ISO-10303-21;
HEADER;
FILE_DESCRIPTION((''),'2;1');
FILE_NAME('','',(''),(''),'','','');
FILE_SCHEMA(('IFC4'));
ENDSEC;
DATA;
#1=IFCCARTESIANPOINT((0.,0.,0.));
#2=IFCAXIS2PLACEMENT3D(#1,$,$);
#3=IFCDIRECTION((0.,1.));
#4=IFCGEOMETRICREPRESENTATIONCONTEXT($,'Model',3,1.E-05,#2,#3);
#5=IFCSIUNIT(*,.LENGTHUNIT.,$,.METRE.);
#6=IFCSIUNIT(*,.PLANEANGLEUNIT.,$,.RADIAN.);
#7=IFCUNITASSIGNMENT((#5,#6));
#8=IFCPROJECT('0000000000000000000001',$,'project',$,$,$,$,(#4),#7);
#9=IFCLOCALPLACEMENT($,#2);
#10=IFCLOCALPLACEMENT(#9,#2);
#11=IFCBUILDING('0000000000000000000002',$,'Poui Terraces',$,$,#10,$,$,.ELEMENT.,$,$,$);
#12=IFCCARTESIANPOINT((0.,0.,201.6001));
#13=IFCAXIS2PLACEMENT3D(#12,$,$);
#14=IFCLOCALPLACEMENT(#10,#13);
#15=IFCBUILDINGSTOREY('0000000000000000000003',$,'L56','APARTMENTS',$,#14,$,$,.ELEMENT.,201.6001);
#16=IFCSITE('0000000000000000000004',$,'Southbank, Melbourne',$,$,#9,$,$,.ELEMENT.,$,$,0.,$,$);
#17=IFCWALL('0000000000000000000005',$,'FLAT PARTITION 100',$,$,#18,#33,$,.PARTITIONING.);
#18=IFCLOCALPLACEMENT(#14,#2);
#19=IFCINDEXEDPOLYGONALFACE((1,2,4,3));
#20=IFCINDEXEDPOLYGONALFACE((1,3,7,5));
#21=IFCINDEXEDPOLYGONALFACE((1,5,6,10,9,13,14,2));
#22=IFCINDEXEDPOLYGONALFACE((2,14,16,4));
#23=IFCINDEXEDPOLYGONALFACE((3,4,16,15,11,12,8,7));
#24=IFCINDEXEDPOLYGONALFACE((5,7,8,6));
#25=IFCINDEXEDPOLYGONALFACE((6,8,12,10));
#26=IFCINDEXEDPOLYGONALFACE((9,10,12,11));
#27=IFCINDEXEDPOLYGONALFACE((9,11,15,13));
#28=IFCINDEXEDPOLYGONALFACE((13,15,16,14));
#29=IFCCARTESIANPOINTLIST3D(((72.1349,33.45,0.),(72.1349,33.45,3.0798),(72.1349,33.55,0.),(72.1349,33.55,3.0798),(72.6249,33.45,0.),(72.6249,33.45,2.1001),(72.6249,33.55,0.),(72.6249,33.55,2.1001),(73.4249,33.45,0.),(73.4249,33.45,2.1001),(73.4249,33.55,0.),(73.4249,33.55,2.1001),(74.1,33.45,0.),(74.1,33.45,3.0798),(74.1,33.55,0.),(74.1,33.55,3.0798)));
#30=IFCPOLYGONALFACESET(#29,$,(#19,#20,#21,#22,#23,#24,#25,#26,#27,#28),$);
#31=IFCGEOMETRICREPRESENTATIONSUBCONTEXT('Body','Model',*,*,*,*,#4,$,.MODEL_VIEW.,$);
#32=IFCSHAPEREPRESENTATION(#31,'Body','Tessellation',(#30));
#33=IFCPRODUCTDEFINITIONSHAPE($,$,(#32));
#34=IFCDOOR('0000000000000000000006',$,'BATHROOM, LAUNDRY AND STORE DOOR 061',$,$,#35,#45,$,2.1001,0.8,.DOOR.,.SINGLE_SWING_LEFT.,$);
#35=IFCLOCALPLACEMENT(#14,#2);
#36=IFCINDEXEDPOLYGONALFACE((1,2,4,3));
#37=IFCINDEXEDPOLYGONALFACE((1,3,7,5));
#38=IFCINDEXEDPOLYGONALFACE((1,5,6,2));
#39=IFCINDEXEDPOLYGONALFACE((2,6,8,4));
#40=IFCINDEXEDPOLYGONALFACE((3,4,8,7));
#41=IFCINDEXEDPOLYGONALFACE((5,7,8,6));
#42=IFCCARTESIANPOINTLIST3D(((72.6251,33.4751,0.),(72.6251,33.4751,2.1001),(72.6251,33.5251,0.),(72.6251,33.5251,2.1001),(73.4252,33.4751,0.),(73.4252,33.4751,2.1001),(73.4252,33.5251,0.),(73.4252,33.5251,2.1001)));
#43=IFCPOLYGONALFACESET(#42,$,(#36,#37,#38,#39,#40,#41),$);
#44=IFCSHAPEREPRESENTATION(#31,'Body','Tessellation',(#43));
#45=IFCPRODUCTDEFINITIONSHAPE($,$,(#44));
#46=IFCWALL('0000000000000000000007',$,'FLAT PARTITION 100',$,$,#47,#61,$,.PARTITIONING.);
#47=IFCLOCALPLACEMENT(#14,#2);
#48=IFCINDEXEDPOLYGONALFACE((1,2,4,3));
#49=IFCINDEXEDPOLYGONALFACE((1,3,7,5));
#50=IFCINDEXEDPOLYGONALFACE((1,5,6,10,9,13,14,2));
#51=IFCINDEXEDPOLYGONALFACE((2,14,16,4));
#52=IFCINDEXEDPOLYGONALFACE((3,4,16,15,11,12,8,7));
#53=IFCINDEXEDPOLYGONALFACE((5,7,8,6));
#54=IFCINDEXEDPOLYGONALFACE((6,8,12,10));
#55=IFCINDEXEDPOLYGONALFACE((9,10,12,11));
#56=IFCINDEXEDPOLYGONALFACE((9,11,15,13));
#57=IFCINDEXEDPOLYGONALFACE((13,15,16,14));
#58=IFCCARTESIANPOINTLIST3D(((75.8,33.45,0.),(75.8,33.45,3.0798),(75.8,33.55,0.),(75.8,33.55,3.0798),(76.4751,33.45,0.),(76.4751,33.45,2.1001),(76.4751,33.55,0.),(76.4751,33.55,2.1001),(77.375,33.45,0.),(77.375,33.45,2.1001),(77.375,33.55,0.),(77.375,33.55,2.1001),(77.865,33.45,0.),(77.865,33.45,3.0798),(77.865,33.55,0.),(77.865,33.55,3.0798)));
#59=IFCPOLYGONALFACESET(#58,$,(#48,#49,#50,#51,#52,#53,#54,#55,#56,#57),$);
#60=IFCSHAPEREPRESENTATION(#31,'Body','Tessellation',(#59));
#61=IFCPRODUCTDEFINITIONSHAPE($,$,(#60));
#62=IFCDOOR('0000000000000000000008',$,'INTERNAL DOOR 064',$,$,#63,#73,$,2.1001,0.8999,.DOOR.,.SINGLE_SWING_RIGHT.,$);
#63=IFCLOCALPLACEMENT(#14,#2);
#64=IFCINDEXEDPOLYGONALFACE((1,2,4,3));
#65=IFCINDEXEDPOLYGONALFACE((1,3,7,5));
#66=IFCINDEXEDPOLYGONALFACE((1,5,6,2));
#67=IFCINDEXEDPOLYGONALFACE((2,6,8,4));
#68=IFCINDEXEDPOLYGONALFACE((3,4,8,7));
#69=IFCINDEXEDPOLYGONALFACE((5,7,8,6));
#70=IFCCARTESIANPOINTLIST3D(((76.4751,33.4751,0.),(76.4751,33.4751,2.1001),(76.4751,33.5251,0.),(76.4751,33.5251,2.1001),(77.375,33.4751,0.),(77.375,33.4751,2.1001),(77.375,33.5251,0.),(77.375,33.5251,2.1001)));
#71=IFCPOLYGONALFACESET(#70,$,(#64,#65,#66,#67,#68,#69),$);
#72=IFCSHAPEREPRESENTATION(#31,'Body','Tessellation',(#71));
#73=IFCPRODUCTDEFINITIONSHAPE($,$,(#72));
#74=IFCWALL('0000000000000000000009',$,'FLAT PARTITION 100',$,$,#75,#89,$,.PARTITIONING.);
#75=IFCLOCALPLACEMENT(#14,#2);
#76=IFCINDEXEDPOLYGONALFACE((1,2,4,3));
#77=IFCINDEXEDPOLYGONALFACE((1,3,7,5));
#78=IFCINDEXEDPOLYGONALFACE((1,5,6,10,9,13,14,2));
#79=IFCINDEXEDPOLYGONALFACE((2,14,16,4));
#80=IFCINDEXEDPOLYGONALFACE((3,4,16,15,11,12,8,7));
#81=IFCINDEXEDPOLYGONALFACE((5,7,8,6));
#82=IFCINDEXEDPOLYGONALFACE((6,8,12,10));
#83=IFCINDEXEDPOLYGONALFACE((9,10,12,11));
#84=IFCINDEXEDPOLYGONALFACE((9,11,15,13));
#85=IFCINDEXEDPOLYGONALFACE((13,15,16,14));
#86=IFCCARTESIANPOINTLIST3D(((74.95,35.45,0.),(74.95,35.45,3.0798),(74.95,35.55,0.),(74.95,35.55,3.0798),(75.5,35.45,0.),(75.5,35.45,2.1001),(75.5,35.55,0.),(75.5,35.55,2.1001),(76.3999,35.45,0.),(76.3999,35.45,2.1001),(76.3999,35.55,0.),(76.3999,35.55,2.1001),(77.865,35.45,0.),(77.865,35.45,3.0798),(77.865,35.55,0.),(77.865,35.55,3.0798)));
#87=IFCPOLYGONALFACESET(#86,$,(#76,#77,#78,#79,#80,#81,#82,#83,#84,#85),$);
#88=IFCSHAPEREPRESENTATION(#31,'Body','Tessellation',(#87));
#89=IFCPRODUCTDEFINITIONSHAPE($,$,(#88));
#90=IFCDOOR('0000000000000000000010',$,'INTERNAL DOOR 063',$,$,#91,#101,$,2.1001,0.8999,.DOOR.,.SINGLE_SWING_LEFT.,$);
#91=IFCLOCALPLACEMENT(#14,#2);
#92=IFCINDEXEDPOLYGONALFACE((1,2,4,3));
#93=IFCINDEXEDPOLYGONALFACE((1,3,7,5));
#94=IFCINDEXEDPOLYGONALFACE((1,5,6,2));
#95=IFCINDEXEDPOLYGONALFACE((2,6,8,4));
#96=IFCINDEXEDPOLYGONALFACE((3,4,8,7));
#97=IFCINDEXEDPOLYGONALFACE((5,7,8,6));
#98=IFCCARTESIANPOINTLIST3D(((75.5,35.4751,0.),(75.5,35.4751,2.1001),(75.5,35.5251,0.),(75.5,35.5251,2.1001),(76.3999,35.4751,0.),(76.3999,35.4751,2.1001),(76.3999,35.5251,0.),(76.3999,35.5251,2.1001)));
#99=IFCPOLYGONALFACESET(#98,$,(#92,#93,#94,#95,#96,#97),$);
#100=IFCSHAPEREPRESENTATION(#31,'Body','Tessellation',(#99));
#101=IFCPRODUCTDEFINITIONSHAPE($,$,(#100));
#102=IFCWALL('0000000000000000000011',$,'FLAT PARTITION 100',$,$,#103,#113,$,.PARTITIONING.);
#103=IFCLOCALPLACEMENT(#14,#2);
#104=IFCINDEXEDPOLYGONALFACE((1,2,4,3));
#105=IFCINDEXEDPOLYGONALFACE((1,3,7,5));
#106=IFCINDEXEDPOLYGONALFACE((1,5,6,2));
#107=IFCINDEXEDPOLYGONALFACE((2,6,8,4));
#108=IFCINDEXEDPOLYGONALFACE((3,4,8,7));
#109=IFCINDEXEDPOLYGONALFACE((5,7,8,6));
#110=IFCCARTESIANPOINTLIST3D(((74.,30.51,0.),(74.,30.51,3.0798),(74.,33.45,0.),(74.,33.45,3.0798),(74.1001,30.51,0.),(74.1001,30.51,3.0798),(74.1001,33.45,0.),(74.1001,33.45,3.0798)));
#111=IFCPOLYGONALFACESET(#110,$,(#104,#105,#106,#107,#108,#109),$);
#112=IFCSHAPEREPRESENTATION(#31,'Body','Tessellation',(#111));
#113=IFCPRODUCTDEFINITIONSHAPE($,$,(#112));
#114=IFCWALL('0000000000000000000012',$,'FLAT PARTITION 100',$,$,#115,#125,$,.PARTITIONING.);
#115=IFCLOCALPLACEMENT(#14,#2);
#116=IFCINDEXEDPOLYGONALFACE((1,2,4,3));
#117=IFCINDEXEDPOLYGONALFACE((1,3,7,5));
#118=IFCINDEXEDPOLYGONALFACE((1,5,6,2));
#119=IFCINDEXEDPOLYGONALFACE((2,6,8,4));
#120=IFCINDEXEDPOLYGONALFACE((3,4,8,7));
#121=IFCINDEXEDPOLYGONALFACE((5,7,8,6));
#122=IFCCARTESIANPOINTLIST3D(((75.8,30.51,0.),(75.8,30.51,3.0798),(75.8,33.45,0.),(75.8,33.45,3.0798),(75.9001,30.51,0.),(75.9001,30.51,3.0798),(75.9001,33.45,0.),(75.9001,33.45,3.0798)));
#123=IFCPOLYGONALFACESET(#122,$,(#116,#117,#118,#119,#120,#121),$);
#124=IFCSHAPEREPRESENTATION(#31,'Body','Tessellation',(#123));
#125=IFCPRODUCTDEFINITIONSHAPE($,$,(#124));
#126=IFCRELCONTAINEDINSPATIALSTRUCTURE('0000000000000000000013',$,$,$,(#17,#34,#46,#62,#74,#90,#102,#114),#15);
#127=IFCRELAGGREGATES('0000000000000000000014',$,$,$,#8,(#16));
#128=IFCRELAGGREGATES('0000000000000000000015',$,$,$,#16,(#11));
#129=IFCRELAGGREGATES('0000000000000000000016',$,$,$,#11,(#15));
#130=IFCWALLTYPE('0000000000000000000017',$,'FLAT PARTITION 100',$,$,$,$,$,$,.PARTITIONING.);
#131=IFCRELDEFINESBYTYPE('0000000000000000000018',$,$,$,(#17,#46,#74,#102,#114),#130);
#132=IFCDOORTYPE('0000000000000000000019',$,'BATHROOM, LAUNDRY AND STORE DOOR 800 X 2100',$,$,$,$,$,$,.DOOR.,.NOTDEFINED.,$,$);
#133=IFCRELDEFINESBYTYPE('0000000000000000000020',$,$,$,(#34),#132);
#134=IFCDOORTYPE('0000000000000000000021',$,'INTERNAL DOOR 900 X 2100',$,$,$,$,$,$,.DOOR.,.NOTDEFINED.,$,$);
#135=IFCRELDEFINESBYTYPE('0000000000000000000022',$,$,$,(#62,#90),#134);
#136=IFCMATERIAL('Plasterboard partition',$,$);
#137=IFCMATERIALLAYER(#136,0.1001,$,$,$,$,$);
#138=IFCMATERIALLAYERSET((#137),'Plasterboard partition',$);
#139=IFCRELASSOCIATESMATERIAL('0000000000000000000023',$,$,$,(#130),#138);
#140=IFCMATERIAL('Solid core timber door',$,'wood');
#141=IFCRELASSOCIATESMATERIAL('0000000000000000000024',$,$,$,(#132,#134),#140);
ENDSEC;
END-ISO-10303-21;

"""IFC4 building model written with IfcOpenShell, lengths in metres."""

from ifc_helpers import new_model, si_unit, direction, frame, frame_2d, origin, place, context, subcontext, project, spatial, rectangle, extrude, material, layer, layer_set, type_object, element, fill, save


model = new_model("IFC4")

# Units and contexts
model_context = context("Model", 3, precision=1e-05, world=origin(), true_north=direction((0.0, 1.0)))
body_context = subcontext(model_context, "Body", "Model", "MODEL_VIEW")
ifc_project = project(units=[si_unit("LENGTHUNIT", "METRE"), si_unit("PLANEANGLEUNIT", "RADIAN")], contexts=[model_context])

# Site, building, storey
site_placement = place(None, origin())
site = spatial("IfcSite", under=ifc_project, at=site_placement, Name="Southbank, Melbourne", CompositionType="ELEMENT", RefElevation=0.0)
building_placement = place(site_placement, origin())
building = spatial("IfcBuilding", under=site, at=building_placement, Name="Poui Terraces", CompositionType="ELEMENT")
storey_placement = place(building_placement, frame((0.0, 0.0, 201.6001)))
storey = spatial("IfcBuildingStorey", under=building, at=storey_placement, Name="L56", Description="APARTMENTS", CompositionType="ELEMENT", Elevation=201.6001)

# Walls, openings, doors
ifc_material_1 = material(Name="Plasterboard partition")
ifc_layer = layer(ifc_material_1, 0.1001)
ifc_layer_set = layer_set([ifc_layer], Name="Plasterboard partition")
wall_type = type_object("IfcWallType", Name="FLAT PARTITION 100", PredefinedType="PARTITIONING", material=ifc_layer_set)
wall_1_placement = place(storey_placement, frame((72.135, 33.5, 0.0), z_axis=(0.0, 0.0, 1.0), x_axis=(1.0, 0.0, 0.0)))
wall_1 = element("IfcWall", 1, at=wall_1_placement, inside=storey, type_object=wall_type, Name="FLAT PARTITION 100", PredefinedType="PARTITIONING", context=body_context, shape_type="SweptSolid", body=[
    extrude(rectangle(XDim=1.9651, YDim=0.1001, at=frame_2d((0.9824, 0.0))), origin(), (0.0, 0.0, 1.0), 3.0798),
])
opening_1_placement = place(wall_1_placement, frame((0.49, 0.0, 0.0)))
opening_1 = element("IfcOpeningElement", 2, at=opening_1_placement, cuts=wall_1, PredefinedType="OPENING", context=body_context, shape_type="SweptSolid", body=[
    extrude(rectangle(XDim=0.8, YDim=2.1001, at=frame_2d((0.3999, 1.05))), frame((0.0, 0.0601, 0.0), z_axis=(0.0, -1.0, 0.0), x_axis=(1.0, 0.0, 0.0)), (0.0, 0.0, 1.0), 0.1201),
])
ifc_material_2 = material(Name="Solid core timber door", Category="wood")
door_type_1 = type_object("IfcDoorType", Name="BATHROOM, LAUNDRY AND STORE DOOR 800 X 2100", OperationType="NOTDEFINED", PredefinedType="DOOR", material=ifc_material_2)
door_1_placement = place(opening_1_placement, frame((0.8, 0.0, 0.0), z_axis=(0.0, 0.0, 1.0), x_axis=(-1.0, 0.0, 0.0)))
door_1 = element("IfcDoor", 3, at=door_1_placement, inside=storey, type_object=door_type_1, Name="BATHROOM, LAUNDRY AND STORE DOOR 061", OperationType="SINGLE_SWING_LEFT", OverallHeight=2.1001, OverallWidth=0.8, PredefinedType="DOOR", context=body_context, shape_type="SweptSolid", body=[
    extrude(rectangle(XDim=0.8, YDim=2.1001, at=frame_2d((0.3999, 1.05))), frame((0.0, 0.0249, 0.0), z_axis=(0.0, -1.0, 0.0), x_axis=(1.0, 0.0, 0.0)), (0.0, 0.0, 1.0), 0.05),
])
fill(opening_1, door_1)
wall_2_placement = place(storey_placement, frame((75.8, 33.5, 0.0), z_axis=(0.0, 0.0, 1.0), x_axis=(1.0, 0.0, 0.0)))
wall_2 = element("IfcWall", 4, at=wall_2_placement, inside=storey, type_object=wall_type, Name="FLAT PARTITION 100", PredefinedType="PARTITIONING", context=body_context, shape_type="SweptSolid", body=[
    extrude(rectangle(XDim=2.0649, YDim=0.1001, at=frame_2d((1.0325, 0.0))), origin(), (0.0, 0.0, 1.0), 3.0798),
])
opening_2_placement = place(wall_2_placement, frame((0.675, 0.0, 0.0)))
opening_2 = element("IfcOpeningElement", 5, at=opening_2_placement, cuts=wall_2, PredefinedType="OPENING", context=body_context, shape_type="SweptSolid", body=[
    extrude(rectangle(XDim=0.8999, YDim=2.1001, at=frame_2d((0.45, 1.05))), frame((0.0, 0.0601, 0.0), z_axis=(0.0, -1.0, 0.0), x_axis=(1.0, 0.0, 0.0)), (0.0, 0.0, 1.0), 0.1201),
])
door_type_2 = type_object("IfcDoorType", Name="INTERNAL DOOR 900 X 2100", OperationType="NOTDEFINED", PredefinedType="DOOR", material=ifc_material_2)
door_2_placement = place(opening_2_placement, frame((0.8999, 0.0, 0.0), z_axis=(0.0, 0.0, 1.0), x_axis=(-1.0, 0.0, 0.0)))
door_2 = element("IfcDoor", 6, at=door_2_placement, inside=storey, type_object=door_type_2, Name="INTERNAL DOOR 064", OperationType="SINGLE_SWING_RIGHT", OverallHeight=2.1001, OverallWidth=0.8999, PredefinedType="DOOR", context=body_context, shape_type="SweptSolid", body=[
    extrude(rectangle(XDim=0.8999, YDim=2.1001, at=frame_2d((0.45, 1.05))), frame((0.0, 0.0249, 0.0), z_axis=(0.0, -1.0, 0.0), x_axis=(1.0, 0.0, 0.0)), (0.0, 0.0, 1.0), 0.05),
])
fill(opening_2, door_2)
wall_3_placement = place(storey_placement, frame((74.95, 35.5, 0.0), z_axis=(0.0, 0.0, 1.0), x_axis=(1.0, 0.0, 0.0)))
wall_3 = element("IfcWall", 7, at=wall_3_placement, inside=storey, type_object=wall_type, Name="FLAT PARTITION 100", PredefinedType="PARTITIONING", context=body_context, shape_type="SweptSolid", body=[
    extrude(rectangle(XDim=2.915, YDim=0.1001, at=frame_2d((1.4575, 0.0))), origin(), (0.0, 0.0, 1.0), 3.0798),
])
opening_3_placement = place(wall_3_placement, frame((0.55, 0.0, 0.0)))
opening_3 = element("IfcOpeningElement", 8, at=opening_3_placement, cuts=wall_3, PredefinedType="OPENING", context=body_context, shape_type="SweptSolid", body=[
    extrude(rectangle(XDim=0.8999, YDim=2.1001, at=frame_2d((0.45, 1.05))), frame((0.0, 0.0601, 0.0), z_axis=(0.0, -1.0, 0.0), x_axis=(1.0, 0.0, 0.0)), (0.0, 0.0, 1.0), 0.1201),
])
door_3_placement = place(opening_3_placement, frame((0.8999, 0.0, 0.0), z_axis=(0.0, 0.0, 1.0), x_axis=(-1.0, 0.0, 0.0)))
door_3 = element("IfcDoor", 9, at=door_3_placement, inside=storey, type_object=door_type_2, Name="INTERNAL DOOR 063", OperationType="SINGLE_SWING_LEFT", OverallHeight=2.1001, OverallWidth=0.8999, PredefinedType="DOOR", context=body_context, shape_type="SweptSolid", body=[
    extrude(rectangle(XDim=0.8999, YDim=2.1001, at=frame_2d((0.45, 1.05))), frame((0.0, 0.0249, 0.0), z_axis=(0.0, -1.0, 0.0), x_axis=(1.0, 0.0, 0.0)), (0.0, 0.0, 1.0), 0.05),
])
fill(opening_3, door_3)

# Walls
for number, where, z_axis, x_axis, name in (
    (10, (74.05, 30.51, 0.0), (0.0, 0.0, 1.0), (0.0, 1.0, 0.0), "FLAT PARTITION 100"),
    (11, (75.8501, 30.51, 0.0), (0.0, 0.0, 1.0), (0.0, 1.0, 0.0), "FLAT PARTITION 100"),
):
    element("IfcWall", number, at=place(storey_placement, frame(where, z_axis=z_axis, x_axis=x_axis)), inside=storey, type_object=wall_type, Name=name, PredefinedType="PARTITIONING", context=body_context, shape_type="SweptSolid", body=[
        extrude(rectangle(XDim=2.9399, YDim=0.1001, at=frame_2d((1.47, 0.0))), origin(), (0.0, 0.0, 1.0), 3.0798),
    ])

save(model, "model.ifc")
